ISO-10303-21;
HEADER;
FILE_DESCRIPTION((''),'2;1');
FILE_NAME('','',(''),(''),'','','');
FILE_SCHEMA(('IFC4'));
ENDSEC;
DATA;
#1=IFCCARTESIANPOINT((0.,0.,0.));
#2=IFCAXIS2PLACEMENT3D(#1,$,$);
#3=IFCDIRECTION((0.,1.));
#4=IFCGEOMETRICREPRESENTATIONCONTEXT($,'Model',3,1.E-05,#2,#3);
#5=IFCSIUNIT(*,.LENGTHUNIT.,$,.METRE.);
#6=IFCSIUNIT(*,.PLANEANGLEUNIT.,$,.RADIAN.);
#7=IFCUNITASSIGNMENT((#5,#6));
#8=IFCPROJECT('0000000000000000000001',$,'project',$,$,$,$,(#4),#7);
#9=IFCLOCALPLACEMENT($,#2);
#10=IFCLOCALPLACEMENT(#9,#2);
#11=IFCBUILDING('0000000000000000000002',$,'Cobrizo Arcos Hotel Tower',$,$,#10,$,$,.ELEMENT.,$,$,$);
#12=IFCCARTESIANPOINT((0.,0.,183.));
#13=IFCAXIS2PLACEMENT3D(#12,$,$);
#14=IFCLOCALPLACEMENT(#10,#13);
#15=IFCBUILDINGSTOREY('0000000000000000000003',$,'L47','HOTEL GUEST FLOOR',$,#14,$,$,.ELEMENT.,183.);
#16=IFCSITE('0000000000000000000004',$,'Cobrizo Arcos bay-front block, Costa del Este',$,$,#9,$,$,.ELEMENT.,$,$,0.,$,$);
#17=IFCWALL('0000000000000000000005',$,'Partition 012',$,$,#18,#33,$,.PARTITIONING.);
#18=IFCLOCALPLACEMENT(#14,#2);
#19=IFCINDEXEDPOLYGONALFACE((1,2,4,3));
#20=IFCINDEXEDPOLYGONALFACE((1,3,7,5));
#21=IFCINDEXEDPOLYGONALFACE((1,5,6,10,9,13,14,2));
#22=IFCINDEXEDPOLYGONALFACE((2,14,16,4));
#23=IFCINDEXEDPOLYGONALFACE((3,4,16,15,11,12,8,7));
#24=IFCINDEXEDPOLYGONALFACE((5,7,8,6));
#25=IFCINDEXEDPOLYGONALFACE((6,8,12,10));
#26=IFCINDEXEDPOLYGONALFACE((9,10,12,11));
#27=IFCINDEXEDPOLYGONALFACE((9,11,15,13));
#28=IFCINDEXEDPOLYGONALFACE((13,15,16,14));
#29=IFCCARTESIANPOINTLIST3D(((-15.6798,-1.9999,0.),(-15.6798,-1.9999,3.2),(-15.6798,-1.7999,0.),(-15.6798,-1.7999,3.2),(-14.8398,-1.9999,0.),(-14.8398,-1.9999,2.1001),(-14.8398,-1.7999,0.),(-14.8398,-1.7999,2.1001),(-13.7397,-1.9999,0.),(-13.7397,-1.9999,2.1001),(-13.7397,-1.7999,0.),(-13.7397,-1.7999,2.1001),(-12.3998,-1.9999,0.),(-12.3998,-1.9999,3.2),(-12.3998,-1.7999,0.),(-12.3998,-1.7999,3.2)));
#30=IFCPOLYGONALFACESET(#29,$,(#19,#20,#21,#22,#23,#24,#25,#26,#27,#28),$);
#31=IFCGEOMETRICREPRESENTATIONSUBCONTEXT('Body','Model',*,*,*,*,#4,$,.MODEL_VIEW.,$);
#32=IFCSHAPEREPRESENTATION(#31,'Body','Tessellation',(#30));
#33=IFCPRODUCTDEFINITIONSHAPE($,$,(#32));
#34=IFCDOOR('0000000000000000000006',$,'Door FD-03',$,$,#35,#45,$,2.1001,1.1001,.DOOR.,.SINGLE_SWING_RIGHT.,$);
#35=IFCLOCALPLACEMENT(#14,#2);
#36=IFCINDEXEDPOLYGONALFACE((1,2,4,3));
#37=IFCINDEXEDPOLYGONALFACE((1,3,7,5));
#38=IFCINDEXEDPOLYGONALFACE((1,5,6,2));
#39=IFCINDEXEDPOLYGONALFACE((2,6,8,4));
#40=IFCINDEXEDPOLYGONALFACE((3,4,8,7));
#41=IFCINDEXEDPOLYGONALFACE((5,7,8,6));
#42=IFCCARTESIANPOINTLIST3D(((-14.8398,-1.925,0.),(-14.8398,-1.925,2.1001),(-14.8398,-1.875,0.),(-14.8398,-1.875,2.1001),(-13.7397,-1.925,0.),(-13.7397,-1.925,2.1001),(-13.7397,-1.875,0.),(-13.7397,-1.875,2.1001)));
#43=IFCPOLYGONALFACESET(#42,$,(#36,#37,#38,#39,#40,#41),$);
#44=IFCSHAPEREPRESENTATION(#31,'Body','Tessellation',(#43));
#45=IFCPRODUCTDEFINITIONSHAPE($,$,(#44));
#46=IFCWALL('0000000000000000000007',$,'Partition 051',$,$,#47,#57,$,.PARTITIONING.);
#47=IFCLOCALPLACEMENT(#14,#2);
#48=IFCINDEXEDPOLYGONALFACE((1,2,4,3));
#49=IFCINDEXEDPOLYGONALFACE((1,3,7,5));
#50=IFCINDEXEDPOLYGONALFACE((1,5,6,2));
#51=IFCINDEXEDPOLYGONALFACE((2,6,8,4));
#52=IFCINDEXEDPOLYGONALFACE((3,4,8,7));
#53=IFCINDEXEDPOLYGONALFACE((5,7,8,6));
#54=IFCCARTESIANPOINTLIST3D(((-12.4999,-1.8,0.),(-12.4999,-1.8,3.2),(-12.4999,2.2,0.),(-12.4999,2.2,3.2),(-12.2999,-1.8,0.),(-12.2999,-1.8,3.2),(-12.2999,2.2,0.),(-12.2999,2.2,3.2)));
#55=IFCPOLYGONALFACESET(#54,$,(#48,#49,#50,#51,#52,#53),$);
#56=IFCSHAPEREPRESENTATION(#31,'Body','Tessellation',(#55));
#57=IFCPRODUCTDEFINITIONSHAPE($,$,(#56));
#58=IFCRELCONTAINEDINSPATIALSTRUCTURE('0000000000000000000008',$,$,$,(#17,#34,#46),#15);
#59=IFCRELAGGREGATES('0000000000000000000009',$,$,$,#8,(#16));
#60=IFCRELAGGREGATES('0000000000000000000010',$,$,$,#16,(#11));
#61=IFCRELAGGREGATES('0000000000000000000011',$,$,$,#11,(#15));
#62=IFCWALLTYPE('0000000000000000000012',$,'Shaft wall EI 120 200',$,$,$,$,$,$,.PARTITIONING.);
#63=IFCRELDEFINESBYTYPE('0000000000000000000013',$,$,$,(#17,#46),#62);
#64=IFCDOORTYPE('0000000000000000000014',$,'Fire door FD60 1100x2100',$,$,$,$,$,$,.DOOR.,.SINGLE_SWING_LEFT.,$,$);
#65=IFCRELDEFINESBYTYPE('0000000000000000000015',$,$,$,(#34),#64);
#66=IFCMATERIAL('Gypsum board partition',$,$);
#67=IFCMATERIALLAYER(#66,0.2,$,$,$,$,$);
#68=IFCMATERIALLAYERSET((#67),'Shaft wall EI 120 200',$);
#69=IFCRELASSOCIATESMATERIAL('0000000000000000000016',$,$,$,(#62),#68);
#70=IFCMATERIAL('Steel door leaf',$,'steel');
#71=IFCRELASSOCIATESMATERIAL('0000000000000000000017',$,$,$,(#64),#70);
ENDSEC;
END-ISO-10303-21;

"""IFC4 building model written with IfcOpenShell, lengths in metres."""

from ifc_helpers import new_model, si_unit, direction, frame, frame_2d, origin, place, context, subcontext, project, spatial, rectangle, extrude, material, layer, layer_set, type_object, element, fill, save


model = new_model("IFC4")

# Units and contexts
model_context = context("Model", 3, precision=1e-05, world=origin(), true_north=direction((0.0, 1.0)))
body_context = subcontext(model_context, "Body", "Model", "MODEL_VIEW")
ifc_project = project(units=[si_unit("LENGTHUNIT", "METRE"), si_unit("PLANEANGLEUNIT", "RADIAN")], contexts=[model_context])

# Site, building, storey
site_placement = place(None, origin())
site = spatial("IfcSite", under=ifc_project, at=site_placement, Name="Cobrizo Arcos bay-front block, Costa del Este", CompositionType="ELEMENT", RefElevation=0.0)
building_placement = place(site_placement, origin())
building = spatial("IfcBuilding", under=site, at=building_placement, Name="Cobrizo Arcos Hotel Tower", CompositionType="ELEMENT")
storey_placement = place(building_placement, frame((0.0, 0.0, 183.0)))
storey = spatial("IfcBuildingStorey", under=building, at=storey_placement, Name="L47", Description="HOTEL GUEST FLOOR", CompositionType="ELEMENT", Elevation=183.0)

# Wall, opening, door
ifc_material_1 = material(Name="Gypsum board partition")
ifc_layer = layer(ifc_material_1, 0.2)
ifc_layer_set = layer_set([ifc_layer], Name="Shaft wall EI 120 200")
wall_type = type_object("IfcWallType", Name="Shaft wall EI 120 200", PredefinedType="PARTITIONING", material=ifc_layer_set)
wall_1_placement = place(storey_placement, frame((-15.6799, -1.8999, 0.0), z_axis=(0.0, 0.0, 1.0), x_axis=(1.0, 0.0, 0.0)))
wall_1 = element("IfcWall", 1, at=wall_1_placement, inside=storey, type_object=wall_type, Name="Partition 012", PredefinedType="PARTITIONING", context=body_context, shape_type="SweptSolid", body=[
    extrude(rectangle(XDim=3.28, YDim=0.2, at=frame_2d((1.6401, 0.0))), origin(), (0.0, 0.0, 1.0), 3.2),
])
opening_placement = place(wall_1_placement, frame((0.8401, 0.0, 0.0)))
opening = element("IfcOpeningElement", 2, at=opening_placement, cuts=wall_1, PredefinedType="OPENING", context=body_context, shape_type="SweptSolid", body=[
    extrude(rectangle(XDim=1.1001, YDim=2.1001, at=frame_2d((0.55, 1.05))), frame((0.0, 0.1121, 0.0), z_axis=(0.0, -1.0, 0.0), x_axis=(1.0, 0.0, 0.0)), (0.0, 0.0, 1.0), 0.2239),
])
ifc_material_2 = material(Name="Steel door leaf", Category="steel")
door_type = type_object("IfcDoorType", Name="Fire door FD60 1100x2100", OperationType="SINGLE_SWING_LEFT", PredefinedType="DOOR", material=ifc_material_2)
door_placement = place(opening_placement, origin())
door = element("IfcDoor", 3, at=door_placement, inside=storey, type_object=door_type, Name="Door FD-03", OperationType="SINGLE_SWING_RIGHT", OverallHeight=2.1001, OverallWidth=1.1001, PredefinedType="DOOR", context=body_context, shape_type="SweptSolid", body=[
    extrude(rectangle(XDim=1.1001, YDim=2.1001, at=frame_2d((0.55, 1.05))), frame((0.0, 0.0249, 0.0), z_axis=(0.0, -1.0, 0.0), x_axis=(1.0, 0.0, 0.0)), (0.0, 0.0, 1.0), 0.05),
])
fill(opening, door)

# Wall
wall_2_placement = place(storey_placement, frame((-12.3999, -1.8, 0.0), z_axis=(0.0, 0.0, 1.0), x_axis=(0.0, 1.0, 0.0)))
element("IfcWall", 4, at=wall_2_placement, inside=storey, type_object=wall_type, Name="Partition 051", PredefinedType="PARTITIONING", context=body_context, shape_type="SweptSolid", body=[
    extrude(rectangle(XDim=4.0, YDim=0.2, at=frame_2d((2.0, 0.0))), origin(), (0.0, 0.0, 1.0), 3.2),
])

save(model, "model.ifc")
